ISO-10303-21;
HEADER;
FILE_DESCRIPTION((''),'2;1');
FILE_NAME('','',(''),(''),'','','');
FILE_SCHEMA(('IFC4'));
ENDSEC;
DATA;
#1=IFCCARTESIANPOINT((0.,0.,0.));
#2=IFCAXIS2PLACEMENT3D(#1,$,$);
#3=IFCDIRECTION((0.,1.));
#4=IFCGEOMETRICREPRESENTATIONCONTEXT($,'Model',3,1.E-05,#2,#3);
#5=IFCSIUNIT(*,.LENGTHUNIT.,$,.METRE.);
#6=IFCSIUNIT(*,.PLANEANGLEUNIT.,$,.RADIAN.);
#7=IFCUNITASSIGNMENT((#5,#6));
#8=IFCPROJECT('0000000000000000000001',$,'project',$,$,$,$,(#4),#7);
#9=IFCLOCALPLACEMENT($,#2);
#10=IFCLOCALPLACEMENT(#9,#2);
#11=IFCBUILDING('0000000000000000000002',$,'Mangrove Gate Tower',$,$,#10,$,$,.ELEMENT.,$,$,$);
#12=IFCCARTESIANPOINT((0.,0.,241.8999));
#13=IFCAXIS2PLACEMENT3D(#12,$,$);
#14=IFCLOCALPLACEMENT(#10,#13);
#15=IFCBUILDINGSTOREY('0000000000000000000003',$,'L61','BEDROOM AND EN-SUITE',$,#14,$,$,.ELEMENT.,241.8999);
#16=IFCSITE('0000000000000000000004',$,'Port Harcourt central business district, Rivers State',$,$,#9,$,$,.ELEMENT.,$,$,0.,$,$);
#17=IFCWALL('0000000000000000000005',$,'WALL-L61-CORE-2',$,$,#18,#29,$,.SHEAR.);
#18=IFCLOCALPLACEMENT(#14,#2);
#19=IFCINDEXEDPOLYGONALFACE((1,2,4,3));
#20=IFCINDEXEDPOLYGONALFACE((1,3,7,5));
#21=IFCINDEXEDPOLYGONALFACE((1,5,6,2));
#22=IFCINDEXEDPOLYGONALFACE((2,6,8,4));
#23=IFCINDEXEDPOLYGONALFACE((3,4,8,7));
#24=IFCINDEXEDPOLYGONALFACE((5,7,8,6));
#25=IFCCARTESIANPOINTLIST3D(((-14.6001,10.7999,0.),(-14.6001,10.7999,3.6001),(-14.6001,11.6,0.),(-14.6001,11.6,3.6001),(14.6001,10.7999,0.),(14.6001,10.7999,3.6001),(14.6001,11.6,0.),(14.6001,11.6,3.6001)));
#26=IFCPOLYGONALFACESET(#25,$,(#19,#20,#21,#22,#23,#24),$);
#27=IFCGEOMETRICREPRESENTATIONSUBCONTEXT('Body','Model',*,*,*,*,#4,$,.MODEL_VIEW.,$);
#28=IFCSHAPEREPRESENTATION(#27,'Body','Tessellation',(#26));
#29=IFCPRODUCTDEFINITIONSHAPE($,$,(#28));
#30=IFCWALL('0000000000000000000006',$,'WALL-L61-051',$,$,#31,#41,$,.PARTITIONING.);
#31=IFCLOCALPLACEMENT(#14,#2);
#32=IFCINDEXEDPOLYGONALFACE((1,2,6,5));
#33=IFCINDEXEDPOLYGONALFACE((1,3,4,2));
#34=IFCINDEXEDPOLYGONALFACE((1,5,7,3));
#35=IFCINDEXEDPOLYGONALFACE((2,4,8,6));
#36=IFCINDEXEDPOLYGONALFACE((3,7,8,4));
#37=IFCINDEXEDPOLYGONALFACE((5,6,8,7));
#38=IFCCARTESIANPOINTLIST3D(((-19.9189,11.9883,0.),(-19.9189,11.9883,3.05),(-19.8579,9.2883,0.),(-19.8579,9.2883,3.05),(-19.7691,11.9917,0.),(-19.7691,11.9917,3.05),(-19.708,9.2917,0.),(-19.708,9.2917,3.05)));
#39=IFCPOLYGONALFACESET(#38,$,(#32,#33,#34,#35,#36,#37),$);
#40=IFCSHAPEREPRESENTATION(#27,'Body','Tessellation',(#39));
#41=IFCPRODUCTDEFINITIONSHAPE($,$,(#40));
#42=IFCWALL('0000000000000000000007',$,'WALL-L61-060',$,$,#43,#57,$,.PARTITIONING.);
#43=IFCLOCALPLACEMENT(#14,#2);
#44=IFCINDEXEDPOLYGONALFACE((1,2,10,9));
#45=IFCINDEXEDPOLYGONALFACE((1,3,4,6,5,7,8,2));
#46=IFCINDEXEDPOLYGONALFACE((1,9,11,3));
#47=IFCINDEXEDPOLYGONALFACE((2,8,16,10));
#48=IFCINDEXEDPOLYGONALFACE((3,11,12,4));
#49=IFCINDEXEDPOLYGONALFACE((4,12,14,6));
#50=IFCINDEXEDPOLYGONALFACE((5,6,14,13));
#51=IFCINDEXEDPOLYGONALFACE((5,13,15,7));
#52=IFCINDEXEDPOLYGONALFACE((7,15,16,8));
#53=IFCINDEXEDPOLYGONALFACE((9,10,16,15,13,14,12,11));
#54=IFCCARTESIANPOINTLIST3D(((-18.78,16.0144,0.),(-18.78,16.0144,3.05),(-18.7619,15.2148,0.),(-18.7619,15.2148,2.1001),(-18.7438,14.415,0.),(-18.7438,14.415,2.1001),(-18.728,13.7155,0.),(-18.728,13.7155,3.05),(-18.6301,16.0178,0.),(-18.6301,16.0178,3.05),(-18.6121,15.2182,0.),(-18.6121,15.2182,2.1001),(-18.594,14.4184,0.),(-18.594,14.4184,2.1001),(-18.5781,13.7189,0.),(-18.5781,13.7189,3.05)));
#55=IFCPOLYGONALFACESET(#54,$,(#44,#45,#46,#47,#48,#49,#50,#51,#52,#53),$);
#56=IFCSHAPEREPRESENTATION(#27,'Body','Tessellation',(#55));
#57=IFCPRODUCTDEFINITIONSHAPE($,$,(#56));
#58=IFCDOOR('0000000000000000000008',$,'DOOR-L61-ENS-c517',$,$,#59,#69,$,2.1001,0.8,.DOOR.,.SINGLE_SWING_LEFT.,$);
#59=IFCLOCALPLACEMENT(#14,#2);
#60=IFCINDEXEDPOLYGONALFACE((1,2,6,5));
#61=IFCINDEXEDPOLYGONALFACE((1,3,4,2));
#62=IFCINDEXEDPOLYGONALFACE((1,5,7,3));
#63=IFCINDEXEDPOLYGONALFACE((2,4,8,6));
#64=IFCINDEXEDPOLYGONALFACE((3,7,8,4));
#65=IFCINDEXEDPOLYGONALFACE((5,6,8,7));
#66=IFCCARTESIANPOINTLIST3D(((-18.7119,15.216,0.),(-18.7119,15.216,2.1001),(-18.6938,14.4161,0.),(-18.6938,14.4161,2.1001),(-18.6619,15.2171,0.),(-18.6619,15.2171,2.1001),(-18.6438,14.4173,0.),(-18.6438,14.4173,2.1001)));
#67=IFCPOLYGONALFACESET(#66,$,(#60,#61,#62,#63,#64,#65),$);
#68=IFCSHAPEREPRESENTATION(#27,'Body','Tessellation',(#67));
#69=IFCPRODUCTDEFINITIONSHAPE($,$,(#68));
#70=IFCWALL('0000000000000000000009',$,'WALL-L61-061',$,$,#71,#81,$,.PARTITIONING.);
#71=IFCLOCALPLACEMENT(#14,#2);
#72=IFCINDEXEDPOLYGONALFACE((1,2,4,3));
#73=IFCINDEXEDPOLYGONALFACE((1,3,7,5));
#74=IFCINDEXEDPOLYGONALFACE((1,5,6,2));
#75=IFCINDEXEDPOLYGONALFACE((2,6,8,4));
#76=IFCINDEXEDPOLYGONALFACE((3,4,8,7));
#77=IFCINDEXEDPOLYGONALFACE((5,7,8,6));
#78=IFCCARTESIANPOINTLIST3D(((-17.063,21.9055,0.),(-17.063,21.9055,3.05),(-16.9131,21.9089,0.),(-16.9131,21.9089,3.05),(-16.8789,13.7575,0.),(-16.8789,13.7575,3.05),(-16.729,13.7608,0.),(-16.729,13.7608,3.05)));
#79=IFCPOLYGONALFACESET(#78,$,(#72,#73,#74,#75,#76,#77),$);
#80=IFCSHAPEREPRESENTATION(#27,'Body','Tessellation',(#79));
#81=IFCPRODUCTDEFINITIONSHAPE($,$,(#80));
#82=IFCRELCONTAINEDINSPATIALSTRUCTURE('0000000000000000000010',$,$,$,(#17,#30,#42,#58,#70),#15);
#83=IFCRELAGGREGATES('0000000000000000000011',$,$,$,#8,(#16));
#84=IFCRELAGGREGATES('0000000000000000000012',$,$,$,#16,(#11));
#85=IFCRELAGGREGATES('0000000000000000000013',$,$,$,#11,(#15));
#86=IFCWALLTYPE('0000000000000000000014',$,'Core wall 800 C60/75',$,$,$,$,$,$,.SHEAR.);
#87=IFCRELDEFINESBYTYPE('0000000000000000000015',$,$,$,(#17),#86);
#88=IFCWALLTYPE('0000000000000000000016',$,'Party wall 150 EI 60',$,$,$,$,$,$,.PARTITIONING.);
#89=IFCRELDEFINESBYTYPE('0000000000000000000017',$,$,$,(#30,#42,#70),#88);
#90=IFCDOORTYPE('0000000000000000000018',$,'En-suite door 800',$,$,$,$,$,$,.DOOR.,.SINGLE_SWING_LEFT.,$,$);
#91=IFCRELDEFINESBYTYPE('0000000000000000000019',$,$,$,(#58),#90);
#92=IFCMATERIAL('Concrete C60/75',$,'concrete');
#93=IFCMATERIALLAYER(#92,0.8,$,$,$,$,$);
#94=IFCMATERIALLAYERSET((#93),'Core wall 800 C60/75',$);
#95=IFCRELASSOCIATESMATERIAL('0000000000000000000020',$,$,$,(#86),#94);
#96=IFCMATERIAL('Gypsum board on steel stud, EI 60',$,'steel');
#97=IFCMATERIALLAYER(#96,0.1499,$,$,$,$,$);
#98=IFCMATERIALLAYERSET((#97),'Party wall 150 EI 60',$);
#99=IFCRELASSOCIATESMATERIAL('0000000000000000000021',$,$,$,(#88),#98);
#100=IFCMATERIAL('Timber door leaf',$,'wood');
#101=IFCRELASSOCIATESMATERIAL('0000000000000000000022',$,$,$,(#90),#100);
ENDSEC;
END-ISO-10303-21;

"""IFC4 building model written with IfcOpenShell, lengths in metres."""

from ifc_helpers import new_model, si_unit, direction, frame, frame_2d, origin, place, context, subcontext, project, spatial, rectangle, extrude, material, layer, layer_set, type_object, element, fill, save


model = new_model("IFC4")

# Units and contexts
model_context = context("Model", 3, precision=1e-05, world=origin(), true_north=direction((0.0, 1.0)))
body_context = subcontext(model_context, "Body", "Model", "MODEL_VIEW")
ifc_project = project(units=[si_unit("LENGTHUNIT", "METRE"), si_unit("PLANEANGLEUNIT", "RADIAN")], contexts=[model_context])

# Site, building, storey
site_placement = place(None, origin())
site = spatial("IfcSite", under=ifc_project, at=site_placement, Name="Port Harcourt central business district, Rivers State", CompositionType="ELEMENT", RefElevation=0.0)
building_placement = place(site_placement, origin())
building = spatial("IfcBuilding", under=site, at=building_placement, Name="Mangrove Gate Tower", CompositionType="ELEMENT")
storey_placement = place(building_placement, frame((0.0, 0.0, 241.8999)))
storey = spatial("IfcBuildingStorey", under=building, at=storey_placement, Name="L61", Description="BEDROOM AND EN-SUITE", CompositionType="ELEMENT", Elevation=241.8999)

# Walls
ifc_material_1 = material(Name="Concrete C60/75", Category="concrete")
ifc_layer_1 = layer(ifc_material_1, 0.8)
ifc_layer_set_1 = layer_set([ifc_layer_1], Name="Core wall 800 C60/75")
wall_type_1 = type_object("IfcWallType", Name="Core wall 800 C60/75", PredefinedType="SHEAR", material=ifc_layer_set_1)
wall_1_placement = place(storey_placement, frame((-14.6001, 11.2, 0.0), z_axis=(0.0, 0.0, 1.0), x_axis=(1.0, 0.0, 0.0)))
element("IfcWall", 1, at=wall_1_placement, inside=storey, type_object=wall_type_1, Name="WALL-L61-CORE-2", PredefinedType="SHEAR", context=body_context, shape_type="SweptSolid", body=[
    extrude(rectangle(XDim=29.2002, YDim=0.8, at=frame_2d((14.6001, 0.0))), origin(), (0.0, 0.0, 1.0), 3.6001),
])
ifc_material_2 = material(Name="Gypsum board on steel stud, EI 60", Category="steel")
ifc_layer_2 = layer(ifc_material_2, 0.1499)
ifc_layer_set_2 = layer_set([ifc_layer_2], Name="Party wall 150 EI 60")
wall_type_2 = type_object("IfcWallType", Name="Party wall 150 EI 60", PredefinedType="PARTITIONING", material=ifc_layer_set_2)
wall_2_placement = place(storey_placement, frame((-19.783, 9.29, 0.0), z_axis=(0.0, 0.0, 1.0), x_axis=(-0.0226, 0.999745, 0.0)))
element("IfcWall", 2, at=wall_2_placement, inside=storey, type_object=wall_type_2, Name="WALL-L61-051", PredefinedType="PARTITIONING", context=body_context, shape_type="SweptSolid", body=[
    extrude(rectangle(XDim=2.7007, YDim=0.1499, at=frame_2d((1.3503, 0.0))), origin(), (0.0, 0.0, 1.0), 3.05),
])

# Wall, opening, door
wall_3_placement = place(storey_placement, frame((-18.6531, 13.717, 0.0), z_axis=(0.0, 0.0, 1.0), x_axis=(-0.022613, 0.999744, 0.0)))
wall_3 = element("IfcWall", 3, at=wall_3_placement, inside=storey, type_object=wall_type_2, Name="WALL-L61-060", PredefinedType="PARTITIONING", context=body_context, shape_type="SweptSolid", body=[
    extrude(rectangle(XDim=2.2996, YDim=0.1499, at=frame_2d((1.1499, 0.0))), origin(), (0.0, 0.0, 1.0), 3.05),
])
opening_placement = place(wall_3_placement, frame((0.7, 0.0, 0.0)))
opening = element("IfcOpeningElement", 4, at=opening_placement, cuts=wall_3, PredefinedType="OPENING", context=body_context, shape_type="SweptSolid", body=[
    extrude(rectangle(XDim=0.8, YDim=2.1001, at=frame_2d((0.3999, 1.05))), frame((0.0, 0.085, 0.0), z_axis=(0.0, -1.0, 0.0), x_axis=(1.0, 0.0, 0.0)), (0.0, 0.0, 1.0), 0.1699),
])
ifc_material_3 = material(Name="Timber door leaf", Category="wood")
door_type = type_object("IfcDoorType", Name="En-suite door 800", OperationType="SINGLE_SWING_LEFT", PredefinedType="DOOR", material=ifc_material_3)
door_placement = place(opening_placement, origin())
door = element("IfcDoor", 5, at=door_placement, inside=storey, type_object=door_type, Name="DOOR-L61-ENS-c517", OperationType="SINGLE_SWING_LEFT", OverallHeight=2.1001, OverallWidth=0.8, PredefinedType="DOOR", context=body_context, shape_type="SweptSolid", body=[
    extrude(rectangle(XDim=0.8, YDim=2.1001, at=frame_2d((0.3999, 1.05))), frame((0.0, 0.0249, 0.0), z_axis=(0.0, -1.0, 0.0), x_axis=(1.0, 0.0, 0.0)), (0.0, 0.0, 1.0), 0.05),
])
fill(opening, door)

# Wall
wall_4_placement = place(storey_placement, frame((-16.804, 13.759, 0.0), z_axis=(0.0, 0.0, 1.0), x_axis=(-0.022587, 0.999745, 0.0)))
element("IfcWall", 6, at=wall_4_placement, inside=storey, type_object=wall_type_2, Name="WALL-L61-061", PredefinedType="PARTITIONING", context=body_context, shape_type="SweptSolid", body=[
    extrude(rectangle(XDim=8.1501, YDim=0.1499, at=frame_2d((4.0752, 0.0))), origin(), (0.0, 0.0, 1.0), 3.05),
])

save(model, "model.ifc")
